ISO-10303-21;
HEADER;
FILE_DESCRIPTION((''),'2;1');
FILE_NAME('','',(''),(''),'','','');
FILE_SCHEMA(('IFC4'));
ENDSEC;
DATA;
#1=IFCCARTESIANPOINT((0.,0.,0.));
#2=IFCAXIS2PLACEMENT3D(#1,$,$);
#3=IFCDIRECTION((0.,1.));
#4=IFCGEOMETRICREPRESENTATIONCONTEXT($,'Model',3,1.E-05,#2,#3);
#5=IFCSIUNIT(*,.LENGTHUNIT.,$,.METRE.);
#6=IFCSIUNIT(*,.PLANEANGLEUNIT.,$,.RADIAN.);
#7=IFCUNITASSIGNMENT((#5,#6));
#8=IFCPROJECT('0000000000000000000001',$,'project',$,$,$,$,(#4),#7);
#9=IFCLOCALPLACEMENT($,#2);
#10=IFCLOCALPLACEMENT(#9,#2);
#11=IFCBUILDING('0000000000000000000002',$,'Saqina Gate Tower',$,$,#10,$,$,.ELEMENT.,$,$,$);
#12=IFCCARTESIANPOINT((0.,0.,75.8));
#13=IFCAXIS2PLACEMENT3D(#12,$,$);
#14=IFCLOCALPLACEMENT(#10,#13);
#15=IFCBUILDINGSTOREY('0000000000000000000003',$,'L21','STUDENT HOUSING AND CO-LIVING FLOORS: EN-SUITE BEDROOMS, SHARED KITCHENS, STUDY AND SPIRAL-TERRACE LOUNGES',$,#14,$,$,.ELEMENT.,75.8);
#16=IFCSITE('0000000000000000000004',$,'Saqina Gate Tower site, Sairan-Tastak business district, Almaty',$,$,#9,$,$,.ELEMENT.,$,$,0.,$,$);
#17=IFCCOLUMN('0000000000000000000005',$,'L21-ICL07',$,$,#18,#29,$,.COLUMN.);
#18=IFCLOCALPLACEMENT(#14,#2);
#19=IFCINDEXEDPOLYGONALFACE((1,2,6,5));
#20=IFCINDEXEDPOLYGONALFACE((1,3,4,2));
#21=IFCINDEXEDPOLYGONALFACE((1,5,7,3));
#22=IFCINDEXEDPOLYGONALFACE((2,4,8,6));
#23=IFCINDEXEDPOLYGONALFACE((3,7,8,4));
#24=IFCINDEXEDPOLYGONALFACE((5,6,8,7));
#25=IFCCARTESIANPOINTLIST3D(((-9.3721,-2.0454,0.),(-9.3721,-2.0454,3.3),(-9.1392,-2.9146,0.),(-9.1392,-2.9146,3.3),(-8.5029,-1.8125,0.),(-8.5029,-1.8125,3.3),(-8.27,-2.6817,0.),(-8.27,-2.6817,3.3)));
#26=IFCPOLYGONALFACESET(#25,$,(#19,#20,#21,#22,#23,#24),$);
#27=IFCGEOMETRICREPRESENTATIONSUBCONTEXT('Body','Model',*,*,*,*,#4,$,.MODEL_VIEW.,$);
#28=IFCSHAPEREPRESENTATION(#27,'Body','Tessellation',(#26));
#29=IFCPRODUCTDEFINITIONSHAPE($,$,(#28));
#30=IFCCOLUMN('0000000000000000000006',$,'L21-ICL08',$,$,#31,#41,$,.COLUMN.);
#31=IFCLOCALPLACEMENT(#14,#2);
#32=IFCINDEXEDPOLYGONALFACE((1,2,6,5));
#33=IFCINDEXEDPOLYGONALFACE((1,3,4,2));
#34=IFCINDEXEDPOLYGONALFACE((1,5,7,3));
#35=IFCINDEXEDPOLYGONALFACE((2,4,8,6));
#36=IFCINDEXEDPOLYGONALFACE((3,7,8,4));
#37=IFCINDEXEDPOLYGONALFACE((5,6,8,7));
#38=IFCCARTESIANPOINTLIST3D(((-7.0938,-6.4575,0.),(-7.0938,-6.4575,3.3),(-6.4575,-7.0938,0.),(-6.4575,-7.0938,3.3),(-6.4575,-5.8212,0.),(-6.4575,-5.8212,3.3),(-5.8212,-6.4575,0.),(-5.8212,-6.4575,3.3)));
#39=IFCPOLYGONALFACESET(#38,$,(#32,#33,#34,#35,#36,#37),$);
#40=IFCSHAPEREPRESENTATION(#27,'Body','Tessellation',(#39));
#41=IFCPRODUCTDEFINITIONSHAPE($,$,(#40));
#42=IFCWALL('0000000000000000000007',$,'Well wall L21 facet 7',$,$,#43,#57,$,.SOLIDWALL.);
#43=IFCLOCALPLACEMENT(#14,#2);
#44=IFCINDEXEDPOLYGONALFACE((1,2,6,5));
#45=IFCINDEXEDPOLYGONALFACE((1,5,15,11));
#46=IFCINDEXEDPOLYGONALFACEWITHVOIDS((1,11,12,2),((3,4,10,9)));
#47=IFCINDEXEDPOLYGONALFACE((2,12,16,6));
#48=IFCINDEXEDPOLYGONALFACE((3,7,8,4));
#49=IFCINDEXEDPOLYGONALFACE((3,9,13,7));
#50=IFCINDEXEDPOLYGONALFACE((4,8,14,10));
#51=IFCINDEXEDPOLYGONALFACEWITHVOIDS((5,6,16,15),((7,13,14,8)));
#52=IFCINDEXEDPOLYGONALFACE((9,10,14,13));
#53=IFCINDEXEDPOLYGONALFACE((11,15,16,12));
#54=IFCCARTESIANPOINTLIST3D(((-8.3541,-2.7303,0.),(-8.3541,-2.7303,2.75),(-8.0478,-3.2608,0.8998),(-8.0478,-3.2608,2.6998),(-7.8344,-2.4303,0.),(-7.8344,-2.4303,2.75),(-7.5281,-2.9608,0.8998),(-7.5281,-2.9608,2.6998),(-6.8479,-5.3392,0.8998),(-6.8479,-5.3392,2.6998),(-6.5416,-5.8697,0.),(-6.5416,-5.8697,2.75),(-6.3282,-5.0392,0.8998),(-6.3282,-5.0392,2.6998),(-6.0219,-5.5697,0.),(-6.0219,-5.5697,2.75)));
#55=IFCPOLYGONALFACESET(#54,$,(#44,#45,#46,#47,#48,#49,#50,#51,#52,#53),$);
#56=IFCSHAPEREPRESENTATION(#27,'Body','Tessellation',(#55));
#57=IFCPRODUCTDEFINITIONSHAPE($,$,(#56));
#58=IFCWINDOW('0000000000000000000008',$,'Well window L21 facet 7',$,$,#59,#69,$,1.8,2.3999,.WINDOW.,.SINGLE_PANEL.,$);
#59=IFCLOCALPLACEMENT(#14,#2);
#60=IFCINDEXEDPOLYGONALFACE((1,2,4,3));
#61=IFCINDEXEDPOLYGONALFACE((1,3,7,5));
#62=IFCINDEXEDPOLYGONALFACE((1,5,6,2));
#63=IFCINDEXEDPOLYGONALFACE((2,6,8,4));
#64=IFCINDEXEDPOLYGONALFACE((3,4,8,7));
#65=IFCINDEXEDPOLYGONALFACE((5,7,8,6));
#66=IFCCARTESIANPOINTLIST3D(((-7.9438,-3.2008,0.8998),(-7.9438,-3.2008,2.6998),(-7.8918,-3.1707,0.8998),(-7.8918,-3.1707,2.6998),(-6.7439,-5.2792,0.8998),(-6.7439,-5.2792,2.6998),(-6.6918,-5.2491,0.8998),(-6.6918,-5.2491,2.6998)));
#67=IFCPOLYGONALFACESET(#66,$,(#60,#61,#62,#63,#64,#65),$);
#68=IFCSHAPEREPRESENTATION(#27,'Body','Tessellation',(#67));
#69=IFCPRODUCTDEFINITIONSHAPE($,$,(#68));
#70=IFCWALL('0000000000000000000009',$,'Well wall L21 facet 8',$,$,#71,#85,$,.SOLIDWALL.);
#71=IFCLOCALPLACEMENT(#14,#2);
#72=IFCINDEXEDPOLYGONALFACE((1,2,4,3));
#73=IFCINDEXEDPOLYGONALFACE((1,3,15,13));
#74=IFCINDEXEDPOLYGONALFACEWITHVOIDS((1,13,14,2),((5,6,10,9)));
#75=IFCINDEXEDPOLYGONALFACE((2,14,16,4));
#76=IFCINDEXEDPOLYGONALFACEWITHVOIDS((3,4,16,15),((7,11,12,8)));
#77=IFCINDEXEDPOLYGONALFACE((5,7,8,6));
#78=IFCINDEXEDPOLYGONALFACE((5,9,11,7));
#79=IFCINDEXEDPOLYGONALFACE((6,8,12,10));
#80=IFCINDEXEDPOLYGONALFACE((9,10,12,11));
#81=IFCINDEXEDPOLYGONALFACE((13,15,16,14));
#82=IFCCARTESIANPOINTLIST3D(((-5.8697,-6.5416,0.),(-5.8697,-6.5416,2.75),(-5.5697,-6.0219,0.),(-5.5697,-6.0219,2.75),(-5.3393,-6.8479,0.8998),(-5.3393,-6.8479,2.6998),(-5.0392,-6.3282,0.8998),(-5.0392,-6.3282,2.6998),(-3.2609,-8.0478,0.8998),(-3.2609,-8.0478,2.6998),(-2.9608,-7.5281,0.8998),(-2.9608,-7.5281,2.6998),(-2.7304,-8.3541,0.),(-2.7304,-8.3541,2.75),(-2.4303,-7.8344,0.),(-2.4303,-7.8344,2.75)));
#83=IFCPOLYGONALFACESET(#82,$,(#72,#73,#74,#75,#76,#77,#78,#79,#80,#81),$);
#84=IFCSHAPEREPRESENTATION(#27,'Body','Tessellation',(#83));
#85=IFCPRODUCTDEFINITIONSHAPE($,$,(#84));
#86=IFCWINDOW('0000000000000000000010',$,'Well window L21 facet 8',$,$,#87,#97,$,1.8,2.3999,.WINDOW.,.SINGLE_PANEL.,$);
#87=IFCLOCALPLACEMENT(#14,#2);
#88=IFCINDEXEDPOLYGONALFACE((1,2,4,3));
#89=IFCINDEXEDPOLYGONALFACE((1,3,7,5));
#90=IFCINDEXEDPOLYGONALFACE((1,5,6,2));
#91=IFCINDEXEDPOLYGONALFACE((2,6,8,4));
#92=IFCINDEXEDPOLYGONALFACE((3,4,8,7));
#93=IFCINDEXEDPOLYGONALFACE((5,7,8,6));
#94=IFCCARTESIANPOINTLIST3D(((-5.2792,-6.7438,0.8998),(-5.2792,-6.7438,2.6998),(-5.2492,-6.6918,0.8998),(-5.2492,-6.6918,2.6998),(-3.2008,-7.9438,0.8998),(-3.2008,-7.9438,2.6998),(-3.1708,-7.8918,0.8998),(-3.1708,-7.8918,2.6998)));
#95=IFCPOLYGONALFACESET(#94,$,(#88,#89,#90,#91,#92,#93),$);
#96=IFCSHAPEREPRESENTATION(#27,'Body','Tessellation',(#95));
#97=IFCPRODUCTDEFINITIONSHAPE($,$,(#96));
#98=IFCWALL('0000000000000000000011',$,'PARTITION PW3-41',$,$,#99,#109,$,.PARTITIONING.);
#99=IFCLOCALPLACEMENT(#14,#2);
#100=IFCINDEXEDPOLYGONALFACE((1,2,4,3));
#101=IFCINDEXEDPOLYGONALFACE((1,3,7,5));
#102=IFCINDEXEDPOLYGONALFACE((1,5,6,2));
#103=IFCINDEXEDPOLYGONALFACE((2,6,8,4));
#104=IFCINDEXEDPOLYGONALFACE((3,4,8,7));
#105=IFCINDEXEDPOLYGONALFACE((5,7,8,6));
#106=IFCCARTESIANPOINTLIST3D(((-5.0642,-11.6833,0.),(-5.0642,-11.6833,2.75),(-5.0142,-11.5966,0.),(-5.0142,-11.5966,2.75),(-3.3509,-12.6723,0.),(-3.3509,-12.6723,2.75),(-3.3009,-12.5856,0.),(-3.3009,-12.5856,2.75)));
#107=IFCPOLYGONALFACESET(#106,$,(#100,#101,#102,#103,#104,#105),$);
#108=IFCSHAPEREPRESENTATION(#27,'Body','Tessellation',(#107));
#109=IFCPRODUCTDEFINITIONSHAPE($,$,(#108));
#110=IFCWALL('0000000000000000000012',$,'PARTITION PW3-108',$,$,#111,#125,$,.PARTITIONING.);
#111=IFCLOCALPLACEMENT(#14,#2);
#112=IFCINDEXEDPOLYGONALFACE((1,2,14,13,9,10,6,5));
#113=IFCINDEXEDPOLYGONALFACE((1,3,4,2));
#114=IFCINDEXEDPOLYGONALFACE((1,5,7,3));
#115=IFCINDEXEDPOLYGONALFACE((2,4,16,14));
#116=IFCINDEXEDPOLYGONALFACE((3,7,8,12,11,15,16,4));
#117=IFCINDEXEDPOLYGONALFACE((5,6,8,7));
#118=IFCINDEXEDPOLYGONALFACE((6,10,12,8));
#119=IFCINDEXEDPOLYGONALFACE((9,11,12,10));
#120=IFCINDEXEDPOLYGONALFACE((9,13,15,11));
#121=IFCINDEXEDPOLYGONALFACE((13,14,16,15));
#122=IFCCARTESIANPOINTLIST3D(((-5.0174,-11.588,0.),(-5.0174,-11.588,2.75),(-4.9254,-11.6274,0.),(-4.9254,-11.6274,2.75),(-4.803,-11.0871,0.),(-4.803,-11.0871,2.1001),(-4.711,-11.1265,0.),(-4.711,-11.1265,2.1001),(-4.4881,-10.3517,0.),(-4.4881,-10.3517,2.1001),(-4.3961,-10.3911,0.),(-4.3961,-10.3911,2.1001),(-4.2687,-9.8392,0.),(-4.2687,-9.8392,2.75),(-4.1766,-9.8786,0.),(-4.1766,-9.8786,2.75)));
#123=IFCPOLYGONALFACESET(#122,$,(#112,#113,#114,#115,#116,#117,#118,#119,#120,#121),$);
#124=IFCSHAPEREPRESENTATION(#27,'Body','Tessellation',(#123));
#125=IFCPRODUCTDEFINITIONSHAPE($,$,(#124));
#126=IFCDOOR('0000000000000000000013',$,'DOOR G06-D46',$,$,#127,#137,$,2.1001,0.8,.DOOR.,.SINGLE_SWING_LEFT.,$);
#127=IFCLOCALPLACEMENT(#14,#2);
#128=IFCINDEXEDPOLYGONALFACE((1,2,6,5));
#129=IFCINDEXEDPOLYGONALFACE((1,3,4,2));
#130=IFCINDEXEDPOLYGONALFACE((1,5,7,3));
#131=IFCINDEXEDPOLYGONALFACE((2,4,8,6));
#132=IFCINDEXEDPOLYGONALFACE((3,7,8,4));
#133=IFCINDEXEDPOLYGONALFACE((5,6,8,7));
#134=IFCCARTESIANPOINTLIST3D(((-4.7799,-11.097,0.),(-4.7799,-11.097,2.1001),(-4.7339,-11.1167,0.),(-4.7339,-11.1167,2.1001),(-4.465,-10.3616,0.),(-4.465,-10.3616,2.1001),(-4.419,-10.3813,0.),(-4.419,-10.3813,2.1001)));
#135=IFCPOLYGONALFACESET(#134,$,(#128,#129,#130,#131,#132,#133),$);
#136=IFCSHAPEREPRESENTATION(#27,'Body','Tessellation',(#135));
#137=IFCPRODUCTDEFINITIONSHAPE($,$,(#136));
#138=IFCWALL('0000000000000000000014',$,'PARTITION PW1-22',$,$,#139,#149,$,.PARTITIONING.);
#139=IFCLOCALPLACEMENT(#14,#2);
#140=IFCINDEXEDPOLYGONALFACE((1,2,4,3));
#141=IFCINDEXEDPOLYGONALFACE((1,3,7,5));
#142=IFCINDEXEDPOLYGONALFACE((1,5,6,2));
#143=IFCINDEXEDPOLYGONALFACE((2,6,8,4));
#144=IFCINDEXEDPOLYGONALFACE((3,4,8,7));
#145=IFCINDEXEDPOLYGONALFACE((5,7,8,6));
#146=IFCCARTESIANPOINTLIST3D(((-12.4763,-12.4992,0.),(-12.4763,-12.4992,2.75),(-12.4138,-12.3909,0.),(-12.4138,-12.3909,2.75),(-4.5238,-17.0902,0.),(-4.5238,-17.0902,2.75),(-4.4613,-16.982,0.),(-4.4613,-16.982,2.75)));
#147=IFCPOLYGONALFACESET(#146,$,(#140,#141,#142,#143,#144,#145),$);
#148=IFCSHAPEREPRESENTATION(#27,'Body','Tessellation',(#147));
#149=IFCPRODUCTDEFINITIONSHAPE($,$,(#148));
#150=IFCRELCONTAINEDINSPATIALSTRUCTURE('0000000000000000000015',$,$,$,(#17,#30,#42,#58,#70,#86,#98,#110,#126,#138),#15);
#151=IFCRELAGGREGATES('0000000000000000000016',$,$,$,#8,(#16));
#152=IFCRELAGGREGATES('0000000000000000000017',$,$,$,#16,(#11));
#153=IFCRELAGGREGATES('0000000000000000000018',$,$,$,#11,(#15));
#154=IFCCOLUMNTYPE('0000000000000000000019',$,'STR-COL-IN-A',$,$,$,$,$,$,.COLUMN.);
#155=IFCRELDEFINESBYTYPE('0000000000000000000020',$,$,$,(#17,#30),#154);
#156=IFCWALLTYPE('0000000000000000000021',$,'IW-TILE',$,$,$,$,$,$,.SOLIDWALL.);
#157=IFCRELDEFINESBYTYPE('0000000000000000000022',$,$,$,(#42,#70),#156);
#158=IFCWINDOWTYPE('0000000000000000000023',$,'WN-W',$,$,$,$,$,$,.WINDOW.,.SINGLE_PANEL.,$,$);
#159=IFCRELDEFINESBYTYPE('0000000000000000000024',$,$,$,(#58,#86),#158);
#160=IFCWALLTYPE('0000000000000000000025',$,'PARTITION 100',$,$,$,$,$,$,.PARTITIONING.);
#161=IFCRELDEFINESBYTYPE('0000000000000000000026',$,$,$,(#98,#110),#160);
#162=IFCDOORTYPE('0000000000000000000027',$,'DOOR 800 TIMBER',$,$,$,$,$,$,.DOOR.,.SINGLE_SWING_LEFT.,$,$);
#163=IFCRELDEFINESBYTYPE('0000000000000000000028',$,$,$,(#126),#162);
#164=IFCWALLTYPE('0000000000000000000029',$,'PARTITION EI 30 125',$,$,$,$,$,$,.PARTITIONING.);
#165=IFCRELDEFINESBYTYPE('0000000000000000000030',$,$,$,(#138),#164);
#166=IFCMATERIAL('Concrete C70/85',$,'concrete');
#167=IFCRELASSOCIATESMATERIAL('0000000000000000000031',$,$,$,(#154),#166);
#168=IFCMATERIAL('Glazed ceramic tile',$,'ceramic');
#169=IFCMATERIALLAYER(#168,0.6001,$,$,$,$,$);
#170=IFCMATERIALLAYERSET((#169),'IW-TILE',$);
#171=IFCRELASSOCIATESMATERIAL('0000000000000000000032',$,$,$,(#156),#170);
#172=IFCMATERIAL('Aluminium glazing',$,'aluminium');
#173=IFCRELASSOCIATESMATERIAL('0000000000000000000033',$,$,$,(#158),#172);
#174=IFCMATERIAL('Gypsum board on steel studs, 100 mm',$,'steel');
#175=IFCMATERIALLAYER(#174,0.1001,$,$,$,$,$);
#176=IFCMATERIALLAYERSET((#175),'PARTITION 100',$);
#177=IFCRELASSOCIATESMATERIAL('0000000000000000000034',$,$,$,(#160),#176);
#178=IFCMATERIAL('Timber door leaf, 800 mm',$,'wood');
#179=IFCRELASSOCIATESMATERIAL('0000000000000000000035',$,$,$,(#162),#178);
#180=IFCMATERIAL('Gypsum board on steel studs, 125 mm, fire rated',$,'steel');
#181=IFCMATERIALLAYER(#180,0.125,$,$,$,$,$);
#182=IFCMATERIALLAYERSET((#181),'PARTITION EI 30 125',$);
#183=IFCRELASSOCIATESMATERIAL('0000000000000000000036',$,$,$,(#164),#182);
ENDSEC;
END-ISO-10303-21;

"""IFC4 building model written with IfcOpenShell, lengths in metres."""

from ifc_helpers import new_model, si_unit, direction, frame, frame_2d, origin, origin_2d, place, context, subcontext, project, spatial, rectangle, extrude, material, layer, layer_set, material_profile, profile_set, type_object, element, fill, save


model = new_model("IFC4")

# Units and contexts
model_context = context("Model", 3, precision=1e-05, world=origin(), true_north=direction((0.0, 1.0)))
body_context = subcontext(model_context, "Body", "Model", "MODEL_VIEW")
ifc_project = project(units=[si_unit("LENGTHUNIT", "METRE"), si_unit("PLANEANGLEUNIT", "RADIAN")], contexts=[model_context])

# Site, building, storey
site_placement = place(None, origin())
site = spatial("IfcSite", under=ifc_project, at=site_placement, Name="Saqina Gate Tower site, Sairan-Tastak business district, Almaty", CompositionType="ELEMENT", RefElevation=0.0)
building_placement = place(site_placement, origin())
building = spatial("IfcBuilding", under=site, at=building_placement, Name="Saqina Gate Tower", CompositionType="ELEMENT")
storey_placement = place(building_placement, frame((0.0, 0.0, 75.8)))
storey = spatial("IfcBuildingStorey", under=building, at=storey_placement, Name="L21", Description="STUDENT HOUSING AND CO-LIVING FLOORS: EN-SUITE BEDROOMS, SHARED KITCHENS, STUDY AND SPIRAL-TERRACE LOUNGES", CompositionType="ELEMENT", Elevation=75.8)

# Columns
ifc_material_1 = material(Name="Concrete C70/85", Category="concrete")
ifc_material_profile = material_profile(ifc_material_1, rectangle(XDim=0.8999, YDim=0.8999, at=origin_2d()), Name="RC 900x900")
ifc_profile_set = profile_set([ifc_material_profile], Name="Concrete C70/85")
column_type = type_object("IfcColumnType", Name="STR-COL-IN-A", PredefinedType="COLUMN", material=ifc_profile_set)
for number, where, z_axis, x_axis, name in (
    (1, (-8.821, -2.3635, 0.0), (0.0, 0.0, 1.0), (-0.965926, -0.258819, 0.0), "L21-ICL07"),
    (2, (-6.4575, -6.4575, 0.0), (0.0, 0.0, 1.0), (-0.707107, -0.707107, 0.0), "L21-ICL08"),
):
    element("IfcColumn", number, at=place(storey_placement, frame(where, z_axis=z_axis, x_axis=x_axis)), inside=storey, type_object=column_type, Name=name, PredefinedType="COLUMN", context=body_context, shape_type="SweptSolid", body=[
        extrude(rectangle(XDim=0.8999, YDim=0.8999, at=origin_2d()), origin(), (0.0, 0.0, 1.0), 3.3),
    ])

# Walls, openings, windows
ifc_material_2 = material(Name="Glazed ceramic tile", Category="ceramic")
ifc_layer_1 = layer(ifc_material_2, 0.6001)
ifc_layer_set_1 = layer_set([ifc_layer_1], Name="IW-TILE")
wall_type_1 = type_object("IfcWallType", Name="IW-TILE", PredefinedType="SOLIDWALL", material=ifc_layer_set_1)
wall_1_placement = place(storey_placement, frame((-8.0942, -2.5803, 0.0), z_axis=(0.0, 0.0, 1.0), x_axis=(0.499993, -0.86603, 0.0)))
wall_1 = element("IfcWall", 3, at=wall_1_placement, inside=storey, type_object=wall_type_1, Name="Well wall L21 facet 7", PredefinedType="SOLIDWALL", context=body_context, shape_type="SweptSolid", body=[
    extrude(rectangle(XDim=3.625, YDim=0.6001, at=frame_2d((1.8125, 0.0))), origin(), (0.0, 0.0, 1.0), 2.75),
])
opening_1_placement = place(wall_1_placement, frame((0.6125, 0.0, 0.8999)))
opening_1 = element("IfcOpeningElement", 4, at=opening_1_placement, cuts=wall_1, PredefinedType="OPENING", context=body_context, shape_type="SweptSolid", body=[
    extrude(rectangle(XDim=2.3999, YDim=1.8, at=frame_2d((1.2, 0.8999))), frame((0.0, 0.312, 0.0), z_axis=(0.0, -1.0, 0.0), x_axis=(1.0, 0.0, 0.0)), (0.0, 0.0, 1.0), 0.624),
])
ifc_material_3 = material(Name="Aluminium glazing", Category="aluminium")
window_type = type_object("IfcWindowType", Name="WN-W", PartitioningType="SINGLE_PANEL", PredefinedType="WINDOW", material=ifc_material_3)
window_1_placement = place(opening_1_placement, origin())
window_1 = element("IfcWindow", 5, at=window_1_placement, inside=storey, type_object=window_type, Name="Well window L21 facet 7", OverallHeight=1.8, OverallWidth=2.3999, PartitioningType="SINGLE_PANEL", PredefinedType="WINDOW", context=body_context, shape_type="SweptSolid", body=[
    extrude(rectangle(XDim=2.3999, YDim=1.8, at=frame_2d((1.2, 0.8999))), frame((0.0, -0.1199, 0.0), z_axis=(0.0, -1.0, 0.0), x_axis=(1.0, 0.0, 0.0)), (0.0, 0.0, 1.0), 0.0601),
])
fill(opening_1, window_1)
wall_2_placement = place(storey_placement, frame((-5.7197, -6.2817, 0.0), z_axis=(0.0, 0.0, 1.0), x_axis=(0.86603, -0.499993, 0.0)))
wall_2 = element("IfcWall", 6, at=wall_2_placement, inside=storey, type_object=wall_type_1, Name="Well wall L21 facet 8", PredefinedType="SOLIDWALL", context=body_context, shape_type="SweptSolid", body=[
    extrude(rectangle(XDim=3.625, YDim=0.6001, at=frame_2d((1.8125, 0.0))), origin(), (0.0, 0.0, 1.0), 2.75),
])
opening_2_placement = place(wall_2_placement, frame((0.6125, 0.0, 0.8999)))
opening_2 = element("IfcOpeningElement", 7, at=opening_2_placement, cuts=wall_2, PredefinedType="OPENING", context=body_context, shape_type="SweptSolid", body=[
    extrude(rectangle(XDim=2.3999, YDim=1.8, at=frame_2d((1.2, 0.8999))), frame((0.0, 0.312, 0.0), z_axis=(0.0, -1.0, 0.0), x_axis=(1.0, 0.0, 0.0)), (0.0, 0.0, 1.0), 0.624),
])
window_2_placement = place(opening_2_placement, origin())
window_2 = element("IfcWindow", 8, at=window_2_placement, inside=storey, type_object=window_type, Name="Well window L21 facet 8", OverallHeight=1.8, OverallWidth=2.3999, PartitioningType="SINGLE_PANEL", PredefinedType="WINDOW", context=body_context, shape_type="SweptSolid", body=[
    extrude(rectangle(XDim=2.3999, YDim=1.8, at=frame_2d((1.2, 0.8999))), frame((0.0, -0.1199, 0.0), z_axis=(0.0, -1.0, 0.0), x_axis=(1.0, 0.0, 0.0)), (0.0, 0.0, 1.0), 0.0601),
])
fill(opening_2, window_2)

# Wall
ifc_material_4 = material(Name="Gypsum board on steel studs, 100 mm", Category="steel")
ifc_layer_2 = layer(ifc_material_4, 0.1001)
ifc_layer_set_2 = layer_set([ifc_layer_2], Name="PARTITION 100")
wall_type_2 = type_object("IfcWallType", Name="PARTITION 100", PredefinedType="PARTITIONING", material=ifc_layer_set_2)
wall_3_placement = place(storey_placement, frame((-5.0393, -11.6399, 0.0), z_axis=(0.0, 0.0, 1.0), x_axis=(0.866071, -0.499922, 0.0)))
element("IfcWall", 9, at=wall_3_placement, inside=storey, type_object=wall_type_2, Name="PARTITION PW3-41", PredefinedType="PARTITIONING", context=body_context, shape_type="SweptSolid", body=[
    extrude(rectangle(XDim=1.9783, YDim=0.1001, at=frame_2d((0.9893, 0.0))), origin(), (0.0, 0.0, 1.0), 2.75),
])

# Wall, opening, door
wall_4_placement = place(storey_placement, frame((-4.9714, -11.6077, 0.0), z_axis=(0.0, 0.0, 1.0), x_axis=(0.393609, 0.919278, 0.0)))
wall_4 = element("IfcWall", 10, at=wall_4_placement, inside=storey, type_object=wall_type_2, Name="PARTITION PW3-108", PredefinedType="PARTITIONING", context=body_context, shape_type="SweptSolid", body=[
    extrude(rectangle(XDim=1.9023, YDim=0.1001, at=frame_2d((0.9512, 0.0))), origin(), (0.0, 0.0, 1.0), 2.75),
])
opening_3_placement = place(wall_4_placement, frame((0.5449, 0.0, 0.0)))
opening_3 = element("IfcOpeningElement", 11, at=opening_3_placement, cuts=wall_4, PredefinedType="OPENING", context=body_context, shape_type="SweptSolid", body=[
    extrude(rectangle(XDim=0.8, YDim=2.1001, at=frame_2d((0.3999, 1.05))), frame((0.0, 0.062, 0.0), z_axis=(0.0, -1.0, 0.0), x_axis=(1.0, 0.0, 0.0)), (0.0, 0.0, 1.0), 0.124),
])
ifc_material_5 = material(Name="Timber door leaf, 800 mm", Category="wood")
door_type_1 = type_object("IfcDoorType", Name="DOOR 800 TIMBER", OperationType="SINGLE_SWING_LEFT", PredefinedType="DOOR", material=ifc_material_5)
door_1_placement = place(opening_3_placement, origin())
door_1 = element("IfcDoor", 12, at=door_1_placement, inside=storey, type_object=door_type_1, Name="DOOR G06-D46", OperationType="SINGLE_SWING_LEFT", OverallHeight=2.1001, OverallWidth=0.8, PredefinedType="DOOR", context=body_context, shape_type="SweptSolid", body=[
    extrude(rectangle(XDim=0.8, YDim=2.1001, at=frame_2d((0.3999, 1.05))), frame((0.0, 0.0249, 0.0), z_axis=(0.0, -1.0, 0.0), x_axis=(1.0, 0.0, 0.0)), (0.0, 0.0, 1.0), 0.05),
])
fill(opening_3, door_1)

# Wall
ifc_material_6 = material(Name="Gypsum board on steel studs, 125 mm, fire rated", Category="steel")
ifc_layer_3 = layer(ifc_material_6, 0.125)
ifc_layer_set_3 = layer_set([ifc_layer_3], Name="PARTITION EI 30 125")
wall_type_3 = type_object("IfcWallType", Name="PARTITION EI 30 125", PredefinedType="PARTITIONING", material=ifc_layer_set_3)
wall_5_placement = place(storey_placement, frame((-12.4451, -12.4451, 0.0), z_axis=(0.0, 0.0, 1.0), x_axis=(0.866044, -0.499968, 0.0)))
element("IfcWall", 13, at=wall_5_placement, inside=storey, type_object=wall_type_3, Name="PARTITION PW1-22", PredefinedType="PARTITIONING", context=body_context, shape_type="SweptSolid", body=[
    extrude(rectangle(XDim=9.1826, YDim=0.125, at=frame_2d((4.5913, 0.0))), origin(), (0.0, 0.0, 1.0), 2.75),
])

save(model, "model.ifc")
